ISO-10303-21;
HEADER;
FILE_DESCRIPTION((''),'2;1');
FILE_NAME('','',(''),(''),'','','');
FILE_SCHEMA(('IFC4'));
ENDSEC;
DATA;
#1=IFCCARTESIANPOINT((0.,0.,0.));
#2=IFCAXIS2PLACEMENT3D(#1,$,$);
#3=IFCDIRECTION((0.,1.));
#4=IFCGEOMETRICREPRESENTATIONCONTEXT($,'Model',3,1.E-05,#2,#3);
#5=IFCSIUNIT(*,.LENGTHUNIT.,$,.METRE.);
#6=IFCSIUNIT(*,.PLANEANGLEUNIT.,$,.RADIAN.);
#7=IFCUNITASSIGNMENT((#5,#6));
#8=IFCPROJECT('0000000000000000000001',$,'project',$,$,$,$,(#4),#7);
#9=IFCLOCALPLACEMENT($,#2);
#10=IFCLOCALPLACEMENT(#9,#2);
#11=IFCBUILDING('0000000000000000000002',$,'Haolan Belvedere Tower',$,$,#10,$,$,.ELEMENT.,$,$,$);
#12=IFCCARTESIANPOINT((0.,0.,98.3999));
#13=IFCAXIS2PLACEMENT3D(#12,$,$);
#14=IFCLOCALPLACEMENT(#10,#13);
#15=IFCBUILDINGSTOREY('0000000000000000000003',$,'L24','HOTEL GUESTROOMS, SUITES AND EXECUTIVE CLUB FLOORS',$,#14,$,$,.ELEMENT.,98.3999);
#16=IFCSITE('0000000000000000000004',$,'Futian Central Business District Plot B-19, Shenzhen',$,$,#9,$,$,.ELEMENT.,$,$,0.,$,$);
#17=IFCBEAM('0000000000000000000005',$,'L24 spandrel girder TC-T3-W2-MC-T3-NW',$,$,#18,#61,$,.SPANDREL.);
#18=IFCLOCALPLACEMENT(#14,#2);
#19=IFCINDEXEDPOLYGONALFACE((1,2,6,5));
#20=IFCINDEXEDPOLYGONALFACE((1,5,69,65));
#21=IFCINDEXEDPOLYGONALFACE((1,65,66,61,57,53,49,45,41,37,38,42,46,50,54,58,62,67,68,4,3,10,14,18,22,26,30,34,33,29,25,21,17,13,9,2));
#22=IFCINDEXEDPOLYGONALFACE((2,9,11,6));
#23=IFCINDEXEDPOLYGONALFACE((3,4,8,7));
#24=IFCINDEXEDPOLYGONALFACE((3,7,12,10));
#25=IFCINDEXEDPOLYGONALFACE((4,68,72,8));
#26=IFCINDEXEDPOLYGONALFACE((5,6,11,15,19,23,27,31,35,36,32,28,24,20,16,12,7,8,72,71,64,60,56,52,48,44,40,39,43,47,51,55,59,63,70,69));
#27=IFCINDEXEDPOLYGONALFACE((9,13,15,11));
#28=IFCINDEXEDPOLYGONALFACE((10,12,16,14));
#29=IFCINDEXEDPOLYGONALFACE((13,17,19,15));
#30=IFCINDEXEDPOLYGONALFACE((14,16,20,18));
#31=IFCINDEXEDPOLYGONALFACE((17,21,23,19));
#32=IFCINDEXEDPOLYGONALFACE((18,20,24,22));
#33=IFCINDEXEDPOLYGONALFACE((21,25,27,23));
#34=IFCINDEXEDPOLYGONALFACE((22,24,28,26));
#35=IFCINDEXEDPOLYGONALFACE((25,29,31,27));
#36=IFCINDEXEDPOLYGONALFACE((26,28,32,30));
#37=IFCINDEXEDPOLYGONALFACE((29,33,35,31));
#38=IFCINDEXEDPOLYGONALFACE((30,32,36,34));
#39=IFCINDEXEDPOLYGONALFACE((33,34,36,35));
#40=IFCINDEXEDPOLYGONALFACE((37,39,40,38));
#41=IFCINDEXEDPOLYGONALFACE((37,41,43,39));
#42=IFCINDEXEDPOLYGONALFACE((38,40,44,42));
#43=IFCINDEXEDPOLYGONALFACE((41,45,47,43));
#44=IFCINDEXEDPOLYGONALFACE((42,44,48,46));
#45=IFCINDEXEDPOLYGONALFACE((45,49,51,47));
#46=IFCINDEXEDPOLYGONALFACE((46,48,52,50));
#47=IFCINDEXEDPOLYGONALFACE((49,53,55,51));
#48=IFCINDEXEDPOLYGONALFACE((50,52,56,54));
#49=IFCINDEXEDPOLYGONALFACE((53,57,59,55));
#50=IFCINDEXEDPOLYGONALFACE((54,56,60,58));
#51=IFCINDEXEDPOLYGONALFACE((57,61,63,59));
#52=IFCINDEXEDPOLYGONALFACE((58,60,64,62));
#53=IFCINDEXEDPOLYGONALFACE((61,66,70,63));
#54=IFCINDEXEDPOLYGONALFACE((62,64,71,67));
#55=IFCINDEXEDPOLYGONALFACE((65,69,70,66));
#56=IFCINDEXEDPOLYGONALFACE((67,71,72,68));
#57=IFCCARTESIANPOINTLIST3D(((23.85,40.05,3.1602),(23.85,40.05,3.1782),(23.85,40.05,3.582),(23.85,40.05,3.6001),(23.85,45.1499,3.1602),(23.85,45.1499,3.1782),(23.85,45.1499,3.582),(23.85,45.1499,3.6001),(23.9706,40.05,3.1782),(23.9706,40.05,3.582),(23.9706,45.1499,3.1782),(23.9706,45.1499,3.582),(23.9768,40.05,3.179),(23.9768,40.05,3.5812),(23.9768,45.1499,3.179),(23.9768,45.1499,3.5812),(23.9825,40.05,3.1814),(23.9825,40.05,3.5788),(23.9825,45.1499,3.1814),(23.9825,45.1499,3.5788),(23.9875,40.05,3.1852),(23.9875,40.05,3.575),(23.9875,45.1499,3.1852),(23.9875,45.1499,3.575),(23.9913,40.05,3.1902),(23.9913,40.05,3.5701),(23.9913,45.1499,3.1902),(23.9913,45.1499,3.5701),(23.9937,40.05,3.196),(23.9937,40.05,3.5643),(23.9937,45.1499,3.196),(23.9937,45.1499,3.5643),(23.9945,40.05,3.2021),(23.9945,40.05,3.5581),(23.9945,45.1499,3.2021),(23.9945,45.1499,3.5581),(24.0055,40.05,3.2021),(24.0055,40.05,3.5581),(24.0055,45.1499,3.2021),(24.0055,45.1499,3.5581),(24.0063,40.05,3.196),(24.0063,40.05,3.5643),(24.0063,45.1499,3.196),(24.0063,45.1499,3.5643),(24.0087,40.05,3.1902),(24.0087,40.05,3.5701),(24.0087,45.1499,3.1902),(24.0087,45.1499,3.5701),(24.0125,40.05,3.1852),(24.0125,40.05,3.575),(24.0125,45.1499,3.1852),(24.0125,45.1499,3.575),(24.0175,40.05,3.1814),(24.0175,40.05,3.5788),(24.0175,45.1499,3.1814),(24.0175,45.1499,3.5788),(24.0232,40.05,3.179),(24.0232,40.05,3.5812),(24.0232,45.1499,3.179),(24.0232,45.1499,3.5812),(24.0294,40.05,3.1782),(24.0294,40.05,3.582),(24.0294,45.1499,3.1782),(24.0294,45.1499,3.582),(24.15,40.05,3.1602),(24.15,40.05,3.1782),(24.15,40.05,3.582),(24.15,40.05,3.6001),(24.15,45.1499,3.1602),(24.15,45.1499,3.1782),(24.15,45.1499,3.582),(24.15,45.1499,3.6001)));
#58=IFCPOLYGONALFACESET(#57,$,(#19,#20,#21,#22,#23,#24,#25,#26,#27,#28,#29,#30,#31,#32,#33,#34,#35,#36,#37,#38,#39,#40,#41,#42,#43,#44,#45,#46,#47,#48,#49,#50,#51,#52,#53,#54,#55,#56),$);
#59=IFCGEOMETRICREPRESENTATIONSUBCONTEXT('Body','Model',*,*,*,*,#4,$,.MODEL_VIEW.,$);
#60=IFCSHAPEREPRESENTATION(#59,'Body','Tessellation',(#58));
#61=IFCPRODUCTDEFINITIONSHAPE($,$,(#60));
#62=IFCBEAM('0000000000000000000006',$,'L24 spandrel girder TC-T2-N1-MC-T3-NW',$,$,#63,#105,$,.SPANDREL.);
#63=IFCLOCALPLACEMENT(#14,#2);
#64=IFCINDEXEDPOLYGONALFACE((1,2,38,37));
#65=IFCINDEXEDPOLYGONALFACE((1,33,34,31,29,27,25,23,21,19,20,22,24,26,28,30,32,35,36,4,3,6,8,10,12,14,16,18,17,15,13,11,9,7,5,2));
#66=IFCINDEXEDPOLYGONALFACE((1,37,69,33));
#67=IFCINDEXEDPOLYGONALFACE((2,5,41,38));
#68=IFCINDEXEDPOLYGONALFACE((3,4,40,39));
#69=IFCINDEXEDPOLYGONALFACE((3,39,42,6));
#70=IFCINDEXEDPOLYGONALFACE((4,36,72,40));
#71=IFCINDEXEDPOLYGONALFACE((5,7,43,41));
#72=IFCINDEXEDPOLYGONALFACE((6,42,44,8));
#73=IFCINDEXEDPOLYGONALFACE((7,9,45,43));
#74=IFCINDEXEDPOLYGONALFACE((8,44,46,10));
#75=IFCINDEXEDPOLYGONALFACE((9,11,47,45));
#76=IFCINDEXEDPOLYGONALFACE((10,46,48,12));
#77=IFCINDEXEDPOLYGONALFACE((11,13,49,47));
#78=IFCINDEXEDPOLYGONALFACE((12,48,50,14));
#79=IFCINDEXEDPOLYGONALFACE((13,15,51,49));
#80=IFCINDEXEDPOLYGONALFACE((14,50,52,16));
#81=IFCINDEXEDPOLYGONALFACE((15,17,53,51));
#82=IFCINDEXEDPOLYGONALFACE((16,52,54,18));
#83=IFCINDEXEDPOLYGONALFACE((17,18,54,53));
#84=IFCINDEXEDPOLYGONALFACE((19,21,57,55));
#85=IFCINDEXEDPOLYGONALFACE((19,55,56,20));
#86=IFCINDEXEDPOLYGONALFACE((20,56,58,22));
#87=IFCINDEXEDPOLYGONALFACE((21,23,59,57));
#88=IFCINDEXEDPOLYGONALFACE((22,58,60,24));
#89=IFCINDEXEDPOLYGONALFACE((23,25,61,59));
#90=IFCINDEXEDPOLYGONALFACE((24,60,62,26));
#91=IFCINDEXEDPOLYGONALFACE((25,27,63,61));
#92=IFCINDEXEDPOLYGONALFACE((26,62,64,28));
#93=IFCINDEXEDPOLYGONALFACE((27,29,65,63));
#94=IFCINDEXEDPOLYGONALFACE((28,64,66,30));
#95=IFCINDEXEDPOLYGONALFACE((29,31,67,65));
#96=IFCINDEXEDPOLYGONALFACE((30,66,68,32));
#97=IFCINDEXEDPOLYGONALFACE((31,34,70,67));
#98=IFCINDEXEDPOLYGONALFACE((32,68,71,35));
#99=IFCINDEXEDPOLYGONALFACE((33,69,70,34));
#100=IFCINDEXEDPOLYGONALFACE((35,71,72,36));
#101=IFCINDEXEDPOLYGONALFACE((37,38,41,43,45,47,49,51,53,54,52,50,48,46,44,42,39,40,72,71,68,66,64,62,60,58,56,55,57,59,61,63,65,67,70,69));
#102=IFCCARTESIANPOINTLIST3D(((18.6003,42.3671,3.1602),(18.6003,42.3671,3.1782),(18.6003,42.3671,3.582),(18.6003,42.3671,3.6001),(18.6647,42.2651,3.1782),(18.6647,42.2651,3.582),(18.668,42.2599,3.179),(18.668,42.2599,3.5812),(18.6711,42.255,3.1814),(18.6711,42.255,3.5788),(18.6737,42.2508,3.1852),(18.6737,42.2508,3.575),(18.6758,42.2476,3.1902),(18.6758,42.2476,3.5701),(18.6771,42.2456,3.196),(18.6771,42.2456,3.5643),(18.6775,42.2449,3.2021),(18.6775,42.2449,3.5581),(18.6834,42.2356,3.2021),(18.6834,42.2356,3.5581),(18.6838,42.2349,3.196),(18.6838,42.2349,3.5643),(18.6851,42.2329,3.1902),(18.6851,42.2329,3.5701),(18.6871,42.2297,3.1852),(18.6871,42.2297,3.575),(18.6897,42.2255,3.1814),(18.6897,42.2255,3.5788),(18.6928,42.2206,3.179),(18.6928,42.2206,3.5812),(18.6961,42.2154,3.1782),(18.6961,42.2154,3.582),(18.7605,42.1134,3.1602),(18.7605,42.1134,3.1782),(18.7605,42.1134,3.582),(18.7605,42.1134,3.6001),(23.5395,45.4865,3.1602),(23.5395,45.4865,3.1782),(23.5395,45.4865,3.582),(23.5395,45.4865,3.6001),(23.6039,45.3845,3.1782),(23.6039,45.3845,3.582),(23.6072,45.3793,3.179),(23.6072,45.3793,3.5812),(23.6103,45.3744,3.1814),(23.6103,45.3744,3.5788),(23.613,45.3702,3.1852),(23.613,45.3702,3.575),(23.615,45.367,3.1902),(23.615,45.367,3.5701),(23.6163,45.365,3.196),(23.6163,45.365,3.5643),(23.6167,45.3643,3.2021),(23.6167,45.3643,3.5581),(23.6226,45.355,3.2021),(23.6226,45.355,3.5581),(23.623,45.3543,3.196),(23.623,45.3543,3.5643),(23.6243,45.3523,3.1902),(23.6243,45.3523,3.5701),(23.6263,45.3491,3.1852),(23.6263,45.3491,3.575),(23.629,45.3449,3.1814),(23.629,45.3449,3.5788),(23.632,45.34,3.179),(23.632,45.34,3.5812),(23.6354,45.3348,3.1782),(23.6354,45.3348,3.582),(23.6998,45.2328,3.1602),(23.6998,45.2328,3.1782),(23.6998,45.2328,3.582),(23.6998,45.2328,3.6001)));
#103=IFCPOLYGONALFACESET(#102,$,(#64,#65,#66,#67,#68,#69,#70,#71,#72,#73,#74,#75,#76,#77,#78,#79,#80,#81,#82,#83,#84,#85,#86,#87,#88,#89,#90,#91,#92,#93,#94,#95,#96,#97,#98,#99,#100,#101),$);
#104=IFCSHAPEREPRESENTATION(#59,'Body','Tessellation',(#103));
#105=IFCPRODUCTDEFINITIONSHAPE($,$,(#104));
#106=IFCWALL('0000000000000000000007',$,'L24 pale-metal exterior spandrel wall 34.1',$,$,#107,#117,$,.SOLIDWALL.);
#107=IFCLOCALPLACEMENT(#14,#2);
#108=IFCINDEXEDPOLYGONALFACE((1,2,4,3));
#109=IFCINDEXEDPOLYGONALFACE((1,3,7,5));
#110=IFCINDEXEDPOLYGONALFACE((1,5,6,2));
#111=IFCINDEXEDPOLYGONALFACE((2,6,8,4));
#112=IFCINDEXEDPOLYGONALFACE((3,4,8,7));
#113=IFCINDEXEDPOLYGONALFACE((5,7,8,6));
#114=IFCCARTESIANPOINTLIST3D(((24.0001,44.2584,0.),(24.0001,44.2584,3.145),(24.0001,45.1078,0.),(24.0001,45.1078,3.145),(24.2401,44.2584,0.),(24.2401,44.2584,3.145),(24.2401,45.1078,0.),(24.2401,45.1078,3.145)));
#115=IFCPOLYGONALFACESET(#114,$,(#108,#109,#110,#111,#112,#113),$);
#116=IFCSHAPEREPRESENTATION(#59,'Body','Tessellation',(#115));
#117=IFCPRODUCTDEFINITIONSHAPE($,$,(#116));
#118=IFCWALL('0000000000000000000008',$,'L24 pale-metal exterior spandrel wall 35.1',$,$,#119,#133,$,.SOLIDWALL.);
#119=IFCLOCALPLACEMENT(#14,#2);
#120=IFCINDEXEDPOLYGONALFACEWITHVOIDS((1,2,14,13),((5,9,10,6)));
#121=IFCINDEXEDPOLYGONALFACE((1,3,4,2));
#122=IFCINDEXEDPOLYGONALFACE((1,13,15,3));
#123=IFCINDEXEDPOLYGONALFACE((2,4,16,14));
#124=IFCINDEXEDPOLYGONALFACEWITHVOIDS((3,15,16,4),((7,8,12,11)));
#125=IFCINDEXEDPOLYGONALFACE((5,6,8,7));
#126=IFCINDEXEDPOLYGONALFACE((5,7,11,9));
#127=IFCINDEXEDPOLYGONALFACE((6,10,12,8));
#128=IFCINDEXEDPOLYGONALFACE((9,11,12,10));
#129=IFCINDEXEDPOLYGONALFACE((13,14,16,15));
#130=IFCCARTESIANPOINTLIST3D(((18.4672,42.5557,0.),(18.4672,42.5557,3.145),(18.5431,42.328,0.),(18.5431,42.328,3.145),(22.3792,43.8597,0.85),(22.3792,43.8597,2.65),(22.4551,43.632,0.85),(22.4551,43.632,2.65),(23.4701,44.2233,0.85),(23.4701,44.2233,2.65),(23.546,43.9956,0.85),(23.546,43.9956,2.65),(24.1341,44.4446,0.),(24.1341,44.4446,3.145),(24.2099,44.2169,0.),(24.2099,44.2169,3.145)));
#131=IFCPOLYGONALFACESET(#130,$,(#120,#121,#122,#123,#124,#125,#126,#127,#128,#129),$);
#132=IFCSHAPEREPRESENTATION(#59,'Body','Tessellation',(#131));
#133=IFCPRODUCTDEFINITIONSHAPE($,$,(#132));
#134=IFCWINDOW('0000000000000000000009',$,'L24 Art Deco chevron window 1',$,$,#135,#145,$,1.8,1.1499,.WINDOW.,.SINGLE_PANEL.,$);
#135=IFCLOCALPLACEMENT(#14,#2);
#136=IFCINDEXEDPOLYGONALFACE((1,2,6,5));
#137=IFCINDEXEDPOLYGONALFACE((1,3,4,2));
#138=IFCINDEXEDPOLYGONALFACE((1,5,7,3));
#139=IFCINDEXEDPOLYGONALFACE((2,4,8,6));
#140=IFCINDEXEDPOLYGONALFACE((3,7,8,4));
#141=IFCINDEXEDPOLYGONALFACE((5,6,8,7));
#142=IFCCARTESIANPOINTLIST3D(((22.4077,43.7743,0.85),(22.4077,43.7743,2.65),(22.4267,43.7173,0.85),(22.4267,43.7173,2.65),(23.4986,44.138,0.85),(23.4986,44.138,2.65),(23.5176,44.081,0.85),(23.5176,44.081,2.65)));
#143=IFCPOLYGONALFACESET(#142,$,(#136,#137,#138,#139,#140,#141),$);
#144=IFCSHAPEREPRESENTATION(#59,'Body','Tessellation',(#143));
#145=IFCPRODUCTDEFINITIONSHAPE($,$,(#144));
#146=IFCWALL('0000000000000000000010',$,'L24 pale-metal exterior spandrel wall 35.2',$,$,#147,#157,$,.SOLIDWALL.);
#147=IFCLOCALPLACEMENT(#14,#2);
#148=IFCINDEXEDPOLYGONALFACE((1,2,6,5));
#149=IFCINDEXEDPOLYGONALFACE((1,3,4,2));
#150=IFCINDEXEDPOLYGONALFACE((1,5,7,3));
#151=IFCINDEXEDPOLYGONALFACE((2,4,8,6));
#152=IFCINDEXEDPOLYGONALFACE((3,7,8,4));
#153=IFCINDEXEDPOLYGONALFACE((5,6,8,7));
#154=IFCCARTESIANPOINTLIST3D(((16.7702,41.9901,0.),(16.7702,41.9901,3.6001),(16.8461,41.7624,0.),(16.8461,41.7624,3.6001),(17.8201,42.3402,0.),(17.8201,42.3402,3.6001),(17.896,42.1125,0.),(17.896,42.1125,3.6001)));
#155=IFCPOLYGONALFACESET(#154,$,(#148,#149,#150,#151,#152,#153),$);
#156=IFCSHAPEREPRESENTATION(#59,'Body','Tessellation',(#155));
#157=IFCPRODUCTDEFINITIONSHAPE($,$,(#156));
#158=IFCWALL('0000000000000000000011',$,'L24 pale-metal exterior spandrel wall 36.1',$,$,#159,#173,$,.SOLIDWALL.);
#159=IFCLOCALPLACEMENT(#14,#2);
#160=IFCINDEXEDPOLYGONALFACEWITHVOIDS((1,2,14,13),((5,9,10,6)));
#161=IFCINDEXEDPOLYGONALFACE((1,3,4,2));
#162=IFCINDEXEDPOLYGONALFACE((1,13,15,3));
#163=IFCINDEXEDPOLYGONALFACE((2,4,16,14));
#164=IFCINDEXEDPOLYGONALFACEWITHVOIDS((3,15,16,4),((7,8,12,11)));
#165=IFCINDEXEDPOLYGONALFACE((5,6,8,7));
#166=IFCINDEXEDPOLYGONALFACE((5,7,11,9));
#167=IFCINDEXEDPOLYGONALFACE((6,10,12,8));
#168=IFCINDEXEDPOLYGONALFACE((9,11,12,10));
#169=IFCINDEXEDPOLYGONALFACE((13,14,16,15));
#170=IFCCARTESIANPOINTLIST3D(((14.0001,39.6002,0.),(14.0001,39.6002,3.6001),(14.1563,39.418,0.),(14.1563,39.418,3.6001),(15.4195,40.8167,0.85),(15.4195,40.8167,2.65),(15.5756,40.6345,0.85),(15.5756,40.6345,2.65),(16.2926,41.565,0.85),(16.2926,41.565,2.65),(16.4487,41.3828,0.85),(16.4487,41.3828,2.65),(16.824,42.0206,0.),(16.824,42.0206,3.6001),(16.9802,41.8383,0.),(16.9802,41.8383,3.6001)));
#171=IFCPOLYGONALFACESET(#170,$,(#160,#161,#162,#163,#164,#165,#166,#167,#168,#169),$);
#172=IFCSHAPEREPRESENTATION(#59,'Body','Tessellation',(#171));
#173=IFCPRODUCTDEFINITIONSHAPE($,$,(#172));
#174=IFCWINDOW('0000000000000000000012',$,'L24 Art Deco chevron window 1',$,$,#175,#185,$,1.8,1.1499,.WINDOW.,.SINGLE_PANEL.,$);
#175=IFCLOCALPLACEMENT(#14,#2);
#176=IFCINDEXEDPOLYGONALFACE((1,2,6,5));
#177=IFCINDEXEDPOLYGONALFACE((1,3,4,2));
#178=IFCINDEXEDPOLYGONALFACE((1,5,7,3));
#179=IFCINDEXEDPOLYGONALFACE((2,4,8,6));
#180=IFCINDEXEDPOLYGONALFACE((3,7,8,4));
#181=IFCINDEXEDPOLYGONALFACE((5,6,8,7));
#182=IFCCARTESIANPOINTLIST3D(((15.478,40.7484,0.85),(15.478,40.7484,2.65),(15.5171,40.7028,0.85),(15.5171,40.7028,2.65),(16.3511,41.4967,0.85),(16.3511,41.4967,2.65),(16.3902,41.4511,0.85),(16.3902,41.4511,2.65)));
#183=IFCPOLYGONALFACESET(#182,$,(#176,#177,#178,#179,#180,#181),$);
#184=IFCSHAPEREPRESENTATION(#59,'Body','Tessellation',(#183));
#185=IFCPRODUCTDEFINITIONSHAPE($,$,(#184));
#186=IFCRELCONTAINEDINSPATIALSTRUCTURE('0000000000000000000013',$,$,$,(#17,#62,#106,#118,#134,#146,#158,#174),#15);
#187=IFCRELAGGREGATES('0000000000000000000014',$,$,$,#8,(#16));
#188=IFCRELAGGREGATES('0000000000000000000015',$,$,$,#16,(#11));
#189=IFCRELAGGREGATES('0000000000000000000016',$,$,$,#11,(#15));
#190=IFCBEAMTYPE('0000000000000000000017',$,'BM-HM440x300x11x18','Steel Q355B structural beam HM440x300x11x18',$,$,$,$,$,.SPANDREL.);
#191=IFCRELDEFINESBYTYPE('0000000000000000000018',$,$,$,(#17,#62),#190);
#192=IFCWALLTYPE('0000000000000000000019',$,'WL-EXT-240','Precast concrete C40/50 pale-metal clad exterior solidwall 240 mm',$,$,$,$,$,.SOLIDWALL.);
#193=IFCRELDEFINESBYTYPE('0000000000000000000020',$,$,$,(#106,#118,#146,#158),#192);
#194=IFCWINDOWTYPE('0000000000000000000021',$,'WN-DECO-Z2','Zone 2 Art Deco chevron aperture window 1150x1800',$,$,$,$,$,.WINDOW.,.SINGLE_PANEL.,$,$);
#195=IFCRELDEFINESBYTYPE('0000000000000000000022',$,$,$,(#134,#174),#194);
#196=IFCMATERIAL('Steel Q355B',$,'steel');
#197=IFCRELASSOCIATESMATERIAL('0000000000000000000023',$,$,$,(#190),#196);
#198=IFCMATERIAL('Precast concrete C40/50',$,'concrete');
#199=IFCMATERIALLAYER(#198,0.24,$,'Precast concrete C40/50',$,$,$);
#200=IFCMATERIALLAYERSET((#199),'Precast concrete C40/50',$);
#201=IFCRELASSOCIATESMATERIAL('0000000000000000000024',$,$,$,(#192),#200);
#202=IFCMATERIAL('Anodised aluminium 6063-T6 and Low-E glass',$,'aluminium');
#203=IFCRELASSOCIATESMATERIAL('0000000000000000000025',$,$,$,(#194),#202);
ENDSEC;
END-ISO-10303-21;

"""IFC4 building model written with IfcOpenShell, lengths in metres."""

from ifc_helpers import new_model, si_unit, direction, frame, frame_2d, origin, origin_2d, place, context, subcontext, project, spatial, rectangle, i_section, extrude, material, layer, layer_set, material_profile, profile_set, type_object, element, fill, save


model = new_model("IFC4")

# Units and contexts
model_context = context("Model", 3, precision=1e-05, world=origin(), true_north=direction((0.0, 1.0)))
body_context = subcontext(model_context, "Body", "Model", "MODEL_VIEW")
ifc_project = project(units=[si_unit("LENGTHUNIT", "METRE"), si_unit("PLANEANGLEUNIT", "RADIAN")], contexts=[model_context])

# Site, building, storey
site_placement = place(None, origin())
site = spatial("IfcSite", under=ifc_project, at=site_placement, Name="Futian Central Business District Plot B-19, Shenzhen", CompositionType="ELEMENT", RefElevation=0.0)
building_placement = place(site_placement, origin())
building = spatial("IfcBuilding", under=site, at=building_placement, Name="Haolan Belvedere Tower", CompositionType="ELEMENT")
storey_placement = place(building_placement, frame((0.0, 0.0, 98.3999)))
storey = spatial("IfcBuildingStorey", under=building, at=storey_placement, Name="L24", Description="HOTEL GUESTROOMS, SUITES AND EXECUTIVE CLUB FLOORS", CompositionType="ELEMENT", Elevation=98.3999)

# Beams
ifc_material_1 = material(Name="Steel Q355B", Category="steel")
ifc_material_profile_1 = material_profile(ifc_material_1, i_section(OverallWidth=0.3, OverallDepth=0.4399, WebThickness=0.011, FlangeThickness=0.0181, FilletRadius=0.0239, at=origin_2d()), Name="Steel Q355B")
ifc_profile_set_1 = profile_set([ifc_material_profile_1], Name="Steel Q355B")
beam_type = type_object("IfcBeamType", Name="BM-HM440x300x11x18", Description="Steel Q355B structural beam HM440x300x11x18", PredefinedType="SPANDREL", material=ifc_profile_set_1)
for number, where, z_axis, x_axis, name in (
    (1, (24.0, 40.05, 3.3801), (0.0, 1.0, 0.0), (-1.0, 0.0, 0.0), "L24 spandrel girder TC-T3-W2-MC-T3-NW"),
):
    element("IfcBeam", number, at=place(storey_placement, frame(where, z_axis=z_axis, x_axis=x_axis)), inside=storey, type_object=beam_type, Name=name, PredefinedType="SPANDREL", context=body_context, shape_type="SweptSolid", body=[
        extrude(i_section(OverallWidth=0.3, OverallDepth=0.4399, WebThickness=0.011, FlangeThickness=0.0181, FilletRadius=0.0239, at=origin_2d()), origin(), (0.0, 0.0, 1.0), 5.0999),
    ])
beam_placement = place(storey_placement, frame((18.6804, 42.2402, 3.3801), z_axis=(0.845498, 0.533979, 0.0), x_axis=(-0.533979, 0.845498, 0.0)))
element("IfcBeam", 2, at=beam_placement, inside=storey, type_object=beam_type, Name="L24 spandrel girder TC-T2-N1-MC-T3-NW", PredefinedType="SPANDREL", context=body_context, shape_type="SweptSolid", body=[
    extrude(i_section(OverallWidth=0.3, OverallDepth=0.4399, WebThickness=0.011, FlangeThickness=0.0181, FilletRadius=0.0239, at=origin_2d()), origin(), (0.0, 0.0, 1.0), 5.8418),
])

# Wall
ifc_material_2 = material(Name="Precast concrete C40/50", Category="concrete")
ifc_layer_1 = layer(ifc_material_2, 0.24, Name="Precast concrete C40/50")
ifc_layer_set_1 = layer_set([ifc_layer_1], Name="Precast concrete C40/50")
wall_type_1 = type_object("IfcWallType", Name="WL-EXT-240", Description="Precast concrete C40/50 pale-metal clad exterior solidwall 240 mm", PredefinedType="SOLIDWALL", material=ifc_layer_set_1)
wall_1_placement = place(storey_placement, frame((24.1201, 45.1079, 0.0), z_axis=(0.0, 0.0, 1.0), x_axis=(0.0, -1.0, 0.0)))
element("IfcWall", 3, at=wall_1_placement, inside=storey, type_object=wall_type_1, Name="L24 pale-metal exterior spandrel wall 34.1", PredefinedType="SOLIDWALL", context=body_context, shape_type="SweptSolid", body=[
    extrude(rectangle(XDim=0.8494, YDim=0.24, at=frame_2d((0.4248, 0.0))), origin(), (0.0, 0.0, 1.0), 3.145),
])

# Wall, opening, window
wall_2_placement = place(storey_placement, frame((24.1721, 44.3308, 0.0), z_axis=(0.0, 0.0, 1.0), x_axis=(-0.948683, -0.316228, 0.0)))
wall_2 = element("IfcWall", 4, at=wall_2_placement, inside=storey, type_object=wall_type_1, Name="L24 pale-metal exterior spandrel wall 35.1", PredefinedType="SOLIDWALL", context=body_context, shape_type="SweptSolid", body=[
    extrude(rectangle(XDim=5.9734, YDim=0.24, at=frame_2d((2.9868, 0.0))), origin(), (0.0, 0.0, 1.0), 3.145),
])
opening_1_placement = place(wall_2_placement, frame((0.7, 0.0, 0.8501)))
opening_1 = element("IfcOpeningElement", 5, at=opening_1_placement, cuts=wall_2, PredefinedType="OPENING", context=body_context, shape_type="SweptSolid", body=[
    extrude(rectangle(XDim=1.1499, YDim=1.8, at=frame_2d((0.575, 0.8999))), frame((0.0, 0.1299, 0.0), z_axis=(0.0, -1.0, 0.0), x_axis=(1.0, 0.0, 0.0)), (0.0, 0.0, 1.0), 0.26),
])
ifc_material_3 = material(Name="Anodised aluminium 6063-T6 and Low-E glass", Category="aluminium")
window_type = type_object("IfcWindowType", Name="WN-DECO-Z2", Description="Zone 2 Art Deco chevron aperture window 1150x1800", PartitioningType="SINGLE_PANEL", PredefinedType="WINDOW", material=ifc_material_3)
window_1_placement = place(opening_1_placement, origin())
window_1 = element("IfcWindow", 6, at=window_1_placement, inside=storey, type_object=window_type, Name="L24 Art Deco chevron window 1", OverallHeight=1.8, OverallWidth=1.1499, PartitioningType="SINGLE_PANEL", PredefinedType="WINDOW", context=body_context, shape_type="SweptSolid", body=[
    extrude(rectangle(XDim=1.1499, YDim=1.8, at=frame_2d((0.575, 0.8999))), frame((0.0, 0.03, 0.0), z_axis=(0.0, -1.0, 0.0), x_axis=(1.0, 0.0, 0.0)), (0.0, 0.0, 1.0), 0.0601),
])
fill(opening_1, window_1)

# Wall
wall_3_placement = place(storey_placement, frame((17.8579, 42.2263, 0.0), z_axis=(0.0, 0.0, 1.0), x_axis=(-0.948639, -0.31636, 0.0)))
element("IfcWall", 7, at=wall_3_placement, inside=storey, type_object=wall_type_1, Name="L24 pale-metal exterior spandrel wall 35.2", PredefinedType="SOLIDWALL", context=body_context, shape_type="SweptSolid", body=[
    extrude(rectangle(XDim=1.1067, YDim=0.24, at=frame_2d((0.5532, 0.0))), origin(), (0.0, 0.0, 1.0), 3.6001),
])

# Wall, opening, window
wall_4_placement = place(storey_placement, frame((16.9021, 41.9294, 0.0), z_axis=(0.0, 0.0, 1.0), x_axis=(-0.759275, -0.65077, 0.0)))
wall_4 = element("IfcWall", 8, at=wall_4_placement, inside=storey, type_object=wall_type_1, Name="L24 pale-metal exterior spandrel wall 36.1", PredefinedType="SOLIDWALL", context=body_context, shape_type="SweptSolid", body=[
    extrude(rectangle(XDim=3.7192, YDim=0.24, at=frame_2d((1.8596, 0.0))), origin(), (0.0, 0.0, 1.0), 3.6001),
])
opening_2_placement = place(wall_4_placement, frame((0.7, 0.0, 0.8501)))
opening_2 = element("IfcOpeningElement", 9, at=opening_2_placement, cuts=wall_4, PredefinedType="OPENING", context=body_context, shape_type="SweptSolid", body=[
    extrude(rectangle(XDim=1.1499, YDim=1.8, at=frame_2d((0.575, 0.8999))), frame((0.0, 0.1299, 0.0), z_axis=(0.0, -1.0, 0.0), x_axis=(1.0, 0.0, 0.0)), (0.0, 0.0, 1.0), 0.26),
])
window_2_placement = place(opening_2_placement, origin())
window_2 = element("IfcWindow", 10, at=window_2_placement, inside=storey, type_object=window_type, Name="L24 Art Deco chevron window 1", OverallHeight=1.8, OverallWidth=1.1499, PartitioningType="SINGLE_PANEL", PredefinedType="WINDOW", context=body_context, shape_type="SweptSolid", body=[
    extrude(rectangle(XDim=1.1499, YDim=1.8, at=frame_2d((0.575, 0.8999))), frame((0.0, 0.03, 0.0), z_axis=(0.0, -1.0, 0.0), x_axis=(1.0, 0.0, 0.0)), (0.0, 0.0, 1.0), 0.0601),
])
fill(opening_2, window_2)

save(model, "model.ifc")
